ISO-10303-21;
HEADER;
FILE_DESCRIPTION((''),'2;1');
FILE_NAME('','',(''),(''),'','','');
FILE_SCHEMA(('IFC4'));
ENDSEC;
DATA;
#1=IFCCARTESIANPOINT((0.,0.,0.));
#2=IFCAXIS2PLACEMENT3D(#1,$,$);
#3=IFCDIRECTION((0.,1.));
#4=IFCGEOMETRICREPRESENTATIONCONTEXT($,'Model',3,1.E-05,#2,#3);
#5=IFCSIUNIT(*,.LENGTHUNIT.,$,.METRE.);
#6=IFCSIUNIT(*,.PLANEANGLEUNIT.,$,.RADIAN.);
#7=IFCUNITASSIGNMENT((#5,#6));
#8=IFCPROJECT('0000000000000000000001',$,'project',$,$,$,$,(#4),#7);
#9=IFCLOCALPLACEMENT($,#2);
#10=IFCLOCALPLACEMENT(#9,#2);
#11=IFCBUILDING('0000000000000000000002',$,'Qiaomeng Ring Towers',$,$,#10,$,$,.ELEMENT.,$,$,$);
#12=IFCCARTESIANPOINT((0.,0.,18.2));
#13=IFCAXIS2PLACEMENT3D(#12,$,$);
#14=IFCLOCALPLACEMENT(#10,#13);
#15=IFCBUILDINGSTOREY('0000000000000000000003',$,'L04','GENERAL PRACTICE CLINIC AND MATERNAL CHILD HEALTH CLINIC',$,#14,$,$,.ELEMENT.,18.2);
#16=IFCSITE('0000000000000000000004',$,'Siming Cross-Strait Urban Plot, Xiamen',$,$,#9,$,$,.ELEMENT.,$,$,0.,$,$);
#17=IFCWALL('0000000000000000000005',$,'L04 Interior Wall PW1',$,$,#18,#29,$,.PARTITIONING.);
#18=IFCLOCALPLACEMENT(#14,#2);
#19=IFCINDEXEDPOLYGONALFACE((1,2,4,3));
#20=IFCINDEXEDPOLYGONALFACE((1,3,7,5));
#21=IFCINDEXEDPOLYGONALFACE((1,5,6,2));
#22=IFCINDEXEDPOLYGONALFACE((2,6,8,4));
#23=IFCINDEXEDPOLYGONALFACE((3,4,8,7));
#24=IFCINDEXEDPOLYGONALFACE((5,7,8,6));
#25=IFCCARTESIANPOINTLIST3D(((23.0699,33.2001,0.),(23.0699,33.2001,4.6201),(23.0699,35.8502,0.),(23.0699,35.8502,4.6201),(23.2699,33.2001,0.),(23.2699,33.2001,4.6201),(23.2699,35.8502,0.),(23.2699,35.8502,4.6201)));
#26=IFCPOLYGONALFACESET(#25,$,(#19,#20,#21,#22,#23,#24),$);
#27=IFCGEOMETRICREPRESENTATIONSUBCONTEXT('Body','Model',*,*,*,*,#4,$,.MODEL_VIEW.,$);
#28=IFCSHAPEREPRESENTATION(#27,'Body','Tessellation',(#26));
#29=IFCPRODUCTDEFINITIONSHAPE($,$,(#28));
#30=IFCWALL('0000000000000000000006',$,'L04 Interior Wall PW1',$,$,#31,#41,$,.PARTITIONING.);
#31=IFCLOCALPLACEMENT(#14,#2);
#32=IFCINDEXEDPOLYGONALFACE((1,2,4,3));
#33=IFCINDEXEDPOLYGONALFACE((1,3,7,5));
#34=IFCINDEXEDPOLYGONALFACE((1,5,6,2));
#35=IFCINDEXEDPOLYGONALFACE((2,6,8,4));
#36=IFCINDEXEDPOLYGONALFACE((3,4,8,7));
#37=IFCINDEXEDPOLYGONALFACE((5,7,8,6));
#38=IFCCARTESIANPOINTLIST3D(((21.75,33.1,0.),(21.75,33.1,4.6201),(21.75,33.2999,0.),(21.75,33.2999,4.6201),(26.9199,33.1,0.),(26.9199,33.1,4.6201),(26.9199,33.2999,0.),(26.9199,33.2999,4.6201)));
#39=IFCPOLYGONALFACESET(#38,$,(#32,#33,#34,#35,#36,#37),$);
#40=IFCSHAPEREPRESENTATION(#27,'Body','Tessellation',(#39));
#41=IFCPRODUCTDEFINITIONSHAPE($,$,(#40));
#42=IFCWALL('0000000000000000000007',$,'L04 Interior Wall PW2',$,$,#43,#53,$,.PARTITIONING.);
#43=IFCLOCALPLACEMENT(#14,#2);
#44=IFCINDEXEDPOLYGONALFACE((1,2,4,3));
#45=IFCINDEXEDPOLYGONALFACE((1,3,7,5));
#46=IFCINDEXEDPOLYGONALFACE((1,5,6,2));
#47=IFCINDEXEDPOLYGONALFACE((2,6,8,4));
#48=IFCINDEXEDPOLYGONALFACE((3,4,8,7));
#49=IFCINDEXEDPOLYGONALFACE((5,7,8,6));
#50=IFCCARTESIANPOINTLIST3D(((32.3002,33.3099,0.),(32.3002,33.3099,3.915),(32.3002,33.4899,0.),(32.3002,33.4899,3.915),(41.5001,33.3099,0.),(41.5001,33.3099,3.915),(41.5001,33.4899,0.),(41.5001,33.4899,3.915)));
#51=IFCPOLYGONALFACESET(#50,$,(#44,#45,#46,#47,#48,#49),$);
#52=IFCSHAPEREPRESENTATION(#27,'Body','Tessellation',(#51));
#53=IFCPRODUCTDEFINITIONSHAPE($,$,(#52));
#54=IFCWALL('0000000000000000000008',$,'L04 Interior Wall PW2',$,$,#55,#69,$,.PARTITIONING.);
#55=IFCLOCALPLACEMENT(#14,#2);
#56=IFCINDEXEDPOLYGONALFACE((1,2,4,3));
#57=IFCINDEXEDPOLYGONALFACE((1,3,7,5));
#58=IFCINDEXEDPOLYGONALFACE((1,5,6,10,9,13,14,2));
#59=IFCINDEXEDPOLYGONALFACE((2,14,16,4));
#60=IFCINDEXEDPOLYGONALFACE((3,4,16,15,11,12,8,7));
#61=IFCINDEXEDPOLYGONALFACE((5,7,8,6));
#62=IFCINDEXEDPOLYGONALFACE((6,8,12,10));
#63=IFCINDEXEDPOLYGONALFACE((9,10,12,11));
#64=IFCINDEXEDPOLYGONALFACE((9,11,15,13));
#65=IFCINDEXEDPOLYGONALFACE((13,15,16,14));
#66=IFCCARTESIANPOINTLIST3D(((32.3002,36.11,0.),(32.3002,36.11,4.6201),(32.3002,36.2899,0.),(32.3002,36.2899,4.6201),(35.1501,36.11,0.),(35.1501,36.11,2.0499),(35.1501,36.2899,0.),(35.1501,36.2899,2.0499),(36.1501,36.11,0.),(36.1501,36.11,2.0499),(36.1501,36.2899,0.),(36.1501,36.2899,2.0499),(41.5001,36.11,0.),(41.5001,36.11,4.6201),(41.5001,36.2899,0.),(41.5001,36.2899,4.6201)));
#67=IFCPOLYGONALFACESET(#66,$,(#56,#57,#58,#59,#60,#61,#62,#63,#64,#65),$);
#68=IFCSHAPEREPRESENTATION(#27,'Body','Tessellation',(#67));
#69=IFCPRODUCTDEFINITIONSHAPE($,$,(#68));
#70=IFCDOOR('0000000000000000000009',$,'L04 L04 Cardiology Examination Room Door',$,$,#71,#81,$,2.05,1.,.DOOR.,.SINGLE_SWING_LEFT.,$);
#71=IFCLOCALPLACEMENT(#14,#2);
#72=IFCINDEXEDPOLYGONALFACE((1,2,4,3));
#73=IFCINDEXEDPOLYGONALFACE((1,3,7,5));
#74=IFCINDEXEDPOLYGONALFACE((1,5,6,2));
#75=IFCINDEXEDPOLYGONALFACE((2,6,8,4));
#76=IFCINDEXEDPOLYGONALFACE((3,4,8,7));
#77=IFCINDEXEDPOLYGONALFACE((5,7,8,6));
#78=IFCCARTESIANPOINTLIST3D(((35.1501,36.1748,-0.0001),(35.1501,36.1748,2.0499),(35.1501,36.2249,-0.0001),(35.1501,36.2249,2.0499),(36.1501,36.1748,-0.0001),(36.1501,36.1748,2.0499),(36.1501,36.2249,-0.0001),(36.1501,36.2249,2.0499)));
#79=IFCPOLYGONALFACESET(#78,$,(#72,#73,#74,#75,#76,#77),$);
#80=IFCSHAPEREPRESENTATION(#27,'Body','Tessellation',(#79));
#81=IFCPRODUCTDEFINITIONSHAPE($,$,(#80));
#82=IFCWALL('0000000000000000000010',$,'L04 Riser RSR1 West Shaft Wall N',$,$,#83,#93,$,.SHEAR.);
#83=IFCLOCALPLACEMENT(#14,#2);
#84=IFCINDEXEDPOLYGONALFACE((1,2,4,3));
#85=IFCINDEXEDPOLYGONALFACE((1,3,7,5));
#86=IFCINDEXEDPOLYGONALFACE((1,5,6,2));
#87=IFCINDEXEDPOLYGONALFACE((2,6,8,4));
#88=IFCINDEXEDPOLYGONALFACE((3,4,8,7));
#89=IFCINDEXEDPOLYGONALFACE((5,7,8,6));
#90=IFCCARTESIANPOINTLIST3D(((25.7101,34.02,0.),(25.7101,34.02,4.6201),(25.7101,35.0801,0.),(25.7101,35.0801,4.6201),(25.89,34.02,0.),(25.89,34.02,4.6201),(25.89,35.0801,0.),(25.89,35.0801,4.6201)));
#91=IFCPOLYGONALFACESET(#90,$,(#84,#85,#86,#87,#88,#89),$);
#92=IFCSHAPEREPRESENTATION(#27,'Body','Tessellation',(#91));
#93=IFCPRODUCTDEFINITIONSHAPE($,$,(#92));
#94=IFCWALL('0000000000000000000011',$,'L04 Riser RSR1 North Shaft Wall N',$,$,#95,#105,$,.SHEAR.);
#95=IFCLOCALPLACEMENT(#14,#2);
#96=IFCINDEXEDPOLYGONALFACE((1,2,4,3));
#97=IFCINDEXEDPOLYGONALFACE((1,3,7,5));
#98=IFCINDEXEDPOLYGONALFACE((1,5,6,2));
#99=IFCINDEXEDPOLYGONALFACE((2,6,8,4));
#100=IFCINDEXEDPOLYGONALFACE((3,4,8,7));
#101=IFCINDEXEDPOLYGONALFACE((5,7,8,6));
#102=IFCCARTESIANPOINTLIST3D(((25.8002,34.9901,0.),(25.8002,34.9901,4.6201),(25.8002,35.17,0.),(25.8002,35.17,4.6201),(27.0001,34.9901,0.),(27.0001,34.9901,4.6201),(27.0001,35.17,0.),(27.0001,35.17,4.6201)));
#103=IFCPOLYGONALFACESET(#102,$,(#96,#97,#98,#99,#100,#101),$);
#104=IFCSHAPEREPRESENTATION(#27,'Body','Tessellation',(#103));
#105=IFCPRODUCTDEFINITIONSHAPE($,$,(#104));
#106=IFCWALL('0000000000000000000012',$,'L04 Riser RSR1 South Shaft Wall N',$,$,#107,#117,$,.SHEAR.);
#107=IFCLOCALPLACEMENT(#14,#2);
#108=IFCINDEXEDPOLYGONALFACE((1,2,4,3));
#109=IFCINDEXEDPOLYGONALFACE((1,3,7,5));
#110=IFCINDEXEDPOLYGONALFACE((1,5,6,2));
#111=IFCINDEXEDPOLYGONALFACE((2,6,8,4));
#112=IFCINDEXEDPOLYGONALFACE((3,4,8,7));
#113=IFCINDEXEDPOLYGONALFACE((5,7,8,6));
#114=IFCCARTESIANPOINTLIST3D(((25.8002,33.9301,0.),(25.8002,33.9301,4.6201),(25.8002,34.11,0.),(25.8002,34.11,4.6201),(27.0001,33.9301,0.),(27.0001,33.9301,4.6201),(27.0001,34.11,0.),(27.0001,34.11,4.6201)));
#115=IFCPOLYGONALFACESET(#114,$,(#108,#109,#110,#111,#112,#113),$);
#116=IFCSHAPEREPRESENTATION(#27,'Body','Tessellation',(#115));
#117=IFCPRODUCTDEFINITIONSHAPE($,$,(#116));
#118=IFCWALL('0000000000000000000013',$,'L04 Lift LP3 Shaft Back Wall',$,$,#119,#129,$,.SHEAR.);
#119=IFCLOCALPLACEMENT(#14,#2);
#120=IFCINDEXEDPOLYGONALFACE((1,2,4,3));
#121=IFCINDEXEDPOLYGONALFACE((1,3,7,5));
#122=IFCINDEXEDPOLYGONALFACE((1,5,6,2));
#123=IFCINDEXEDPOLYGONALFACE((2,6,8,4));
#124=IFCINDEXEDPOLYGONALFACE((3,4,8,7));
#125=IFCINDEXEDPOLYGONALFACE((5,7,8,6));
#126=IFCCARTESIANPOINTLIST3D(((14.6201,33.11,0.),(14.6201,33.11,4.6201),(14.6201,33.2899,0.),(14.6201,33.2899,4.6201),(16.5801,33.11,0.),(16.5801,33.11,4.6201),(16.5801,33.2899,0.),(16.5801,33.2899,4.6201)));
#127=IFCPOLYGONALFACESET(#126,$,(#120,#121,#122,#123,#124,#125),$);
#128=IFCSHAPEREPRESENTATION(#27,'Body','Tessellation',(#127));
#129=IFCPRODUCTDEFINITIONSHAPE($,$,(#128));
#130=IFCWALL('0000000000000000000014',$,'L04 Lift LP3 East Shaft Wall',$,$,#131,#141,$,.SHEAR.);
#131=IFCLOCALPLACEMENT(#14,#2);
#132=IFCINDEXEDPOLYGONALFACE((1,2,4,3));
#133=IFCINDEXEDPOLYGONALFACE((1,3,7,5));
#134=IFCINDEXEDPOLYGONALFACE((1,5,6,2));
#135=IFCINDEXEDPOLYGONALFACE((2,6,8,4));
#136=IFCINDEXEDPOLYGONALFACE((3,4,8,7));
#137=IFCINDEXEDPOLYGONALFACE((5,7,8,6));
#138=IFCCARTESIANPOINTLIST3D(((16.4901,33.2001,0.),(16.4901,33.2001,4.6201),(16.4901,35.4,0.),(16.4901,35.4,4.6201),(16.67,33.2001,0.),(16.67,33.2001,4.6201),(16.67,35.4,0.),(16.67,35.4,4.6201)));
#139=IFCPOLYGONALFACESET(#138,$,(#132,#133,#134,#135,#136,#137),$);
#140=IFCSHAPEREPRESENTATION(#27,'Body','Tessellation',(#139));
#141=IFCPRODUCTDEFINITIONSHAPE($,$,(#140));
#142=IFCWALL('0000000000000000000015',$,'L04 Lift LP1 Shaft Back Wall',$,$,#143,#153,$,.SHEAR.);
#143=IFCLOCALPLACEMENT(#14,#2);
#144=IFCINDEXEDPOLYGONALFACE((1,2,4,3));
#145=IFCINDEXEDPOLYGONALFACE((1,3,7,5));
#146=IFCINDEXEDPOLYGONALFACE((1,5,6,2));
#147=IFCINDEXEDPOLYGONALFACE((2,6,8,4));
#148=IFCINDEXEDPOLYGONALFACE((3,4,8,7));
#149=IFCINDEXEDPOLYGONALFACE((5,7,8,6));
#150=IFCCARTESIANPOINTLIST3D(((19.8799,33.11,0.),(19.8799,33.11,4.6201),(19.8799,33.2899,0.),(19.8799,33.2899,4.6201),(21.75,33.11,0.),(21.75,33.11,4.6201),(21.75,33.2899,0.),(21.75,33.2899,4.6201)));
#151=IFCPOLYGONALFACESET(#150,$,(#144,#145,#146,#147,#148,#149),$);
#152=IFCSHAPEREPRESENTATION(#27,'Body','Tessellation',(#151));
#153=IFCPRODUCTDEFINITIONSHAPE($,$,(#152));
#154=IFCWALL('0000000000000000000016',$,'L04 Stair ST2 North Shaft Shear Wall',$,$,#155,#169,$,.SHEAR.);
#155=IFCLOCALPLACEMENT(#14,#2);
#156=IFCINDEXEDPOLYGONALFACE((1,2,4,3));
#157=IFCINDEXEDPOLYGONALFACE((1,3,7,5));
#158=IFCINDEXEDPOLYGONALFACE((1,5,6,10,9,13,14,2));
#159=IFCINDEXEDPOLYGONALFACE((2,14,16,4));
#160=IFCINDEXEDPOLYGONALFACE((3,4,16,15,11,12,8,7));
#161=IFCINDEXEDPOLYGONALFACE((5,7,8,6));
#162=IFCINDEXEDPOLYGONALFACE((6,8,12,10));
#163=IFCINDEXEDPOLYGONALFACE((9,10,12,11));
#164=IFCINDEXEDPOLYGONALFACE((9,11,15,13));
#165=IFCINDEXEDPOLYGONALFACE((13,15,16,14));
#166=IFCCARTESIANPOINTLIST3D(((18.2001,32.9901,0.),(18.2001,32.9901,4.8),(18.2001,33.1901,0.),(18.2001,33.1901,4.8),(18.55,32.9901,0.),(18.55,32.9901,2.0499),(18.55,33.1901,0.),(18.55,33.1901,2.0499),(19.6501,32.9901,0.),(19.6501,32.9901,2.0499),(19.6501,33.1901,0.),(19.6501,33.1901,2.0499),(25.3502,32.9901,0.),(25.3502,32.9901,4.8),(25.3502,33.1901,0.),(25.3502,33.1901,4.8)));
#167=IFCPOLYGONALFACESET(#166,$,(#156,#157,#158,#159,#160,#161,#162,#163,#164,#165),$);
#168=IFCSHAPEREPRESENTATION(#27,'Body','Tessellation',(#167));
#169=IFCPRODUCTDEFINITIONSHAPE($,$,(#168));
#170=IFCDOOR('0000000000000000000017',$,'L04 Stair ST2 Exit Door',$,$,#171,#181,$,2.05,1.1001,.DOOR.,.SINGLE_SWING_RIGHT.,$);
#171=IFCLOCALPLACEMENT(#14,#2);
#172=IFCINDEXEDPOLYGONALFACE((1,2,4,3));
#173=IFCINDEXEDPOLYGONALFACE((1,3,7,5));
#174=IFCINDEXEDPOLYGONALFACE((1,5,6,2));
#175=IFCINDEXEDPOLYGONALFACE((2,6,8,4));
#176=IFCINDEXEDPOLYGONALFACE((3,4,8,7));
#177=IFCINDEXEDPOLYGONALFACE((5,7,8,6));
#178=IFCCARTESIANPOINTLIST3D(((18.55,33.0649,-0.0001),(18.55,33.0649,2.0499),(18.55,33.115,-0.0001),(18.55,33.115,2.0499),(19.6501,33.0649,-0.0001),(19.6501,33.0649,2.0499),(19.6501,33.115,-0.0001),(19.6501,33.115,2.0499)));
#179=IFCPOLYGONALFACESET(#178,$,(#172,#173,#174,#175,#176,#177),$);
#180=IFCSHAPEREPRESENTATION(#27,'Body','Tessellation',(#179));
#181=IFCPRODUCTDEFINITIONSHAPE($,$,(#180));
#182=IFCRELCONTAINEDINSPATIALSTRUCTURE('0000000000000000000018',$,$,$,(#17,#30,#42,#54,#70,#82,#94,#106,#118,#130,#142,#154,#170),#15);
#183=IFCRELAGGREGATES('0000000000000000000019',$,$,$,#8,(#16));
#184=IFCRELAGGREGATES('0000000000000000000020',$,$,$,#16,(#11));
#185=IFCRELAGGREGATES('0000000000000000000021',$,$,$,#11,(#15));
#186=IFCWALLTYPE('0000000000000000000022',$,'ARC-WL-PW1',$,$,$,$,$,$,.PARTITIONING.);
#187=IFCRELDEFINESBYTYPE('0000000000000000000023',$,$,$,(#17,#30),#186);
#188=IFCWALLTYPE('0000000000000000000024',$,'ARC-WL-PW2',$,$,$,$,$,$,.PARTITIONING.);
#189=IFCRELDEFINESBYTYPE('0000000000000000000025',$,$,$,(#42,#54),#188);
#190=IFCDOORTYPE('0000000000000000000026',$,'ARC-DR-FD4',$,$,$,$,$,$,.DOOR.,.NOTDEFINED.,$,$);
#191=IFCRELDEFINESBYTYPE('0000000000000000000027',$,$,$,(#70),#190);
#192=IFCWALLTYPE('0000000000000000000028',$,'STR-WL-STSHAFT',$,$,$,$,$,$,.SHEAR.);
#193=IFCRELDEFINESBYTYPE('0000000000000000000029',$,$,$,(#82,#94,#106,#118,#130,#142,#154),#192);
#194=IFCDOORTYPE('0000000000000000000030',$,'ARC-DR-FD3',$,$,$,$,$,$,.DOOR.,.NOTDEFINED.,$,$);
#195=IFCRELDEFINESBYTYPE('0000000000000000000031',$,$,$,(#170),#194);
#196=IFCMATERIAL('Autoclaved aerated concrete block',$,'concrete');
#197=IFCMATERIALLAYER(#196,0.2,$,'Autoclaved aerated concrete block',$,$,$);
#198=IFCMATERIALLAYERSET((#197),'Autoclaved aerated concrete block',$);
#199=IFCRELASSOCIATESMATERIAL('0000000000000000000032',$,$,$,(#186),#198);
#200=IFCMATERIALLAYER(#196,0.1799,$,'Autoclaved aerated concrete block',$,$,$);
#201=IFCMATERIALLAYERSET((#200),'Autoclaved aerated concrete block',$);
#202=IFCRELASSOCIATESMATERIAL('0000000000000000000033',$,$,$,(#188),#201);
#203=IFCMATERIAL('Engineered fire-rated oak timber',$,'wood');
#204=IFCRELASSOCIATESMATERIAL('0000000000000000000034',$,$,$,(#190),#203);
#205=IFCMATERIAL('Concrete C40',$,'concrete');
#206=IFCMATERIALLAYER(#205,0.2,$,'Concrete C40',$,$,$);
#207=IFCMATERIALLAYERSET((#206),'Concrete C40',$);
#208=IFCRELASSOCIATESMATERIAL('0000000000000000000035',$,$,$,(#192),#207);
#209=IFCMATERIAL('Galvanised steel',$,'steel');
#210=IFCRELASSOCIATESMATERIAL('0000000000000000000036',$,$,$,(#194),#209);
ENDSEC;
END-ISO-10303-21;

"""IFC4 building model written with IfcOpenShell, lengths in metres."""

from ifc_helpers import new_model, si_unit, direction, frame, frame_2d, origin, place, context, subcontext, project, spatial, rectangle, extrude, source, transform, mapped, material, layer, layer_set, type_object, element, fill, save


model = new_model("IFC4")

# Units and contexts
model_context = context("Model", 3, precision=1e-05, world=origin(), true_north=direction((0.0, 1.0)))
body_context = subcontext(model_context, "Body", "Model", "MODEL_VIEW")
ifc_project = project(units=[si_unit("LENGTHUNIT", "METRE"), si_unit("PLANEANGLEUNIT", "RADIAN")], contexts=[model_context])

# Site, building, storey
site_placement = place(None, origin())
site = spatial("IfcSite", under=ifc_project, at=site_placement, Name="Siming Cross-Strait Urban Plot, Xiamen", CompositionType="ELEMENT", RefElevation=0.0)
building_placement = place(site_placement, origin())
building = spatial("IfcBuilding", under=site, at=building_placement, Name="Qiaomeng Ring Towers", CompositionType="ELEMENT")
storey_placement = place(building_placement, frame((0.0, 0.0, 18.2)))
storey = spatial("IfcBuildingStorey", under=building, at=storey_placement, Name="L04", Description="GENERAL PRACTICE CLINIC AND MATERNAL CHILD HEALTH CLINIC", CompositionType="ELEMENT", Elevation=18.2)

# Shared definitions
ifc_material_1 = material(Name="Concrete C40", Category="concrete")

# Walls
ifc_material_2 = material(Name="Autoclaved aerated concrete block", Category="concrete")
ifc_layer_1 = layer(ifc_material_2, 0.2, Name="Autoclaved aerated concrete block")
ifc_layer_set_1 = layer_set([ifc_layer_1], Name="Autoclaved aerated concrete block")
wall_type_1 = type_object("IfcWallType", Name="ARC-WL-PW1", PredefinedType="PARTITIONING", material=ifc_layer_set_1)
wall_1_placement = place(storey_placement, frame((23.1699, 33.2, 0.0), z_axis=(0.0, 0.0, 1.0), x_axis=(0.0, 1.0, 0.0)))
element("IfcWall", 1, at=wall_1_placement, inside=storey, type_object=wall_type_1, Name="L04 Interior Wall PW1", PredefinedType="PARTITIONING", context=body_context, shape_type="SweptSolid", body=[
    extrude(rectangle(XDim=2.6501, YDim=0.2, at=frame_2d((1.3252, 0.0))), origin(), (0.0, 0.0, 1.0), 4.6201),
])
wall_2_placement = place(storey_placement, frame((21.75, 33.2, 0.0), z_axis=(0.0, 0.0, 1.0), x_axis=(1.0, 0.0, 0.0)))
element("IfcWall", 2, at=wall_2_placement, inside=storey, type_object=wall_type_1, Name="L04 Interior Wall PW1", PredefinedType="PARTITIONING", context=body_context, shape_type="SweptSolid", body=[
    extrude(rectangle(XDim=5.1699, YDim=0.2, at=frame_2d((2.585, 0.0))), origin(), (0.0, 0.0, 1.0), 4.6201),
])
ifc_layer_2 = layer(ifc_material_2, 0.1799, Name="Autoclaved aerated concrete block")
ifc_layer_set_2 = layer_set([ifc_layer_2], Name="Autoclaved aerated concrete block")
wall_type_2 = type_object("IfcWallType", Name="ARC-WL-PW2", PredefinedType="PARTITIONING", material=ifc_layer_set_2)
wall_3_placement = place(storey_placement, frame((32.3, 33.3999, 0.0), z_axis=(0.0, 0.0, 1.0), x_axis=(1.0, 0.0, 0.0)))
element("IfcWall", 3, at=wall_3_placement, inside=storey, type_object=wall_type_2, Name="L04 Interior Wall PW2", PredefinedType="PARTITIONING", context=body_context, shape_type="SweptSolid", body=[
    extrude(rectangle(XDim=9.2, YDim=0.1799, at=frame_2d((4.6001, 0.0))), origin(), (0.0, 0.0, 1.0), 3.915),
])

# Wall, opening, door
wall_4_placement = place(storey_placement, frame((32.3, 36.2, 0.0), z_axis=(0.0, 0.0, 1.0), x_axis=(1.0, 0.0, 0.0)))
wall_4 = element("IfcWall", 4, at=wall_4_placement, inside=storey, type_object=wall_type_2, Name="L04 Interior Wall PW2", PredefinedType="PARTITIONING", context=body_context, shape_type="SweptSolid", body=[
    extrude(rectangle(XDim=9.2, YDim=0.1799, at=frame_2d((4.6001, 0.0))), origin(), (0.0, 0.0, 1.0), 4.6201),
])
opening_1_placement = place(wall_4_placement, frame((2.8501, 0.0, 0.0)))
opening_1 = element("IfcOpeningElement", 5, at=opening_1_placement, cuts=wall_4, PredefinedType="OPENING", context=body_context, shape_type="SweptSolid", body=[
    extrude(rectangle(XDim=1.0, YDim=2.05, at=frame_2d((0.5, 1.0249))), frame((0.0, 0.0999, 0.0), z_axis=(0.0, -1.0, 0.0), x_axis=(1.0, 0.0, 0.0)), (0.0, 0.0, 1.0), 0.2),
])
ifc_material_3 = material(Name="Engineered fire-rated oak timber", Category="wood")
door_type_1 = type_object("IfcDoorType", Name="ARC-DR-FD4", OperationType="NOTDEFINED", PredefinedType="DOOR", material=ifc_material_3)
shared_shape_1 = source(origin(), body_context, "Body", "SweptSolid", [
    extrude(rectangle(XDim=1.0, YDim=2.05, at=frame_2d((0.5, 1.0249))), frame((0.0, 0.0249, 0.0), z_axis=(0.0, -1.0, 0.0), x_axis=(1.0, 0.0, 0.0)), (0.0, 0.0, 1.0), 0.05),
])
door_1_placement = place(opening_1_placement, origin())
door_1 = element("IfcDoor", 6, at=door_1_placement, inside=storey, type_object=door_type_1, Name="L04 L04 Cardiology Examination Room Door", OperationType="SINGLE_SWING_LEFT", OverallHeight=2.05, OverallWidth=1.0, PredefinedType="DOOR", context=body_context, shape_type="MappedRepresentation", body=[
    mapped(shared_shape_1, transform((0.0, 0.0, 0.0), x_axis=(1.0, 0.0, 0.0), y_axis=(0.0, 1.0, 0.0), z_axis=(0.0, 0.0, 1.0), scale=1.0)),
])
fill(opening_1, door_1)

# Walls
ifc_layer_3 = layer(ifc_material_1, 0.2, Name="Concrete C40")
ifc_layer_set_3 = layer_set([ifc_layer_3], Name="Concrete C40")
wall_type_3 = type_object("IfcWallType", Name="STR-WL-STSHAFT", PredefinedType="SHEAR", material=ifc_layer_set_3)
wall_5_placement = place(storey_placement, frame((25.8, 34.02, 0.0), z_axis=(0.0, 0.0, 1.0), x_axis=(0.0, 1.0, 0.0)))
element("IfcWall", 7, at=wall_5_placement, inside=storey, type_object=wall_type_3, Name="L04 Riser RSR1 West Shaft Wall N", PredefinedType="SHEAR", context=body_context, shape_type="SweptSolid", body=[
    extrude(rectangle(XDim=1.0601, YDim=0.1799, at=frame_2d((0.53, 0.0))), origin(), (0.0, 0.0, 1.0), 4.6201),
])
for number, where, z_axis, x_axis, name in (
    (8, (25.8, 35.0801, 0.0), (0.0, 0.0, 1.0), (1.0, 0.0, 0.0), "L04 Riser RSR1 North Shaft Wall N"),
    (9, (25.8, 34.02, 0.0), (0.0, 0.0, 1.0), (1.0, 0.0, 0.0), "L04 Riser RSR1 South Shaft Wall N"),
):
    element("IfcWall", number, at=place(storey_placement, frame(where, z_axis=z_axis, x_axis=x_axis)), inside=storey, type_object=wall_type_3, Name=name, PredefinedType="SHEAR", context=body_context, shape_type="SweptSolid", body=[
        extrude(rectangle(XDim=1.2, YDim=0.1799, at=frame_2d((0.6001, 0.0))), origin(), (0.0, 0.0, 1.0), 4.6201),
    ])
wall_6_placement = place(storey_placement, frame((14.6201, 33.2, 0.0), z_axis=(0.0, 0.0, 1.0), x_axis=(1.0, 0.0, 0.0)))
element("IfcWall", 10, at=wall_6_placement, inside=storey, type_object=wall_type_3, Name="L04 Lift LP3 Shaft Back Wall", PredefinedType="SHEAR", context=body_context, shape_type="SweptSolid", body=[
    extrude(rectangle(XDim=1.96, YDim=0.1799, at=frame_2d((0.98, 0.0))), origin(), (0.0, 0.0, 1.0), 4.6201),
])
wall_7_placement = place(storey_placement, frame((16.5801, 33.2, 0.0), z_axis=(0.0, 0.0, 1.0), x_axis=(0.0, 1.0, 0.0)))
element("IfcWall", 11, at=wall_7_placement, inside=storey, type_object=wall_type_3, Name="L04 Lift LP3 East Shaft Wall", PredefinedType="SHEAR", context=body_context, shape_type="SweptSolid", body=[
    extrude(rectangle(XDim=2.2, YDim=0.1799, at=frame_2d((1.1001, 0.0))), origin(), (0.0, 0.0, 1.0), 4.6201),
])
wall_8_placement = place(storey_placement, frame((19.8799, 33.2, 0.0), z_axis=(0.0, 0.0, 1.0), x_axis=(1.0, 0.0, 0.0)))
element("IfcWall", 12, at=wall_8_placement, inside=storey, type_object=wall_type_3, Name="L04 Lift LP1 Shaft Back Wall", PredefinedType="SHEAR", context=body_context, shape_type="SweptSolid", body=[
    extrude(rectangle(XDim=1.8701, YDim=0.1799, at=frame_2d((0.9351, 0.0))), origin(), (0.0, 0.0, 1.0), 4.6201),
])

# Wall, opening, door
wall_9_placement = place(storey_placement, frame((18.2, 33.0901, 0.0), z_axis=(0.0, 0.0, 1.0), x_axis=(1.0, 0.0, 0.0)))
wall_9 = element("IfcWall", 13, at=wall_9_placement, inside=storey, type_object=wall_type_3, Name="L04 Stair ST2 North Shaft Shear Wall", PredefinedType="SHEAR", context=body_context, shape_type="SweptSolid", body=[
    extrude(rectangle(XDim=7.1501, YDim=0.2, at=frame_2d((3.5752, 0.0))), origin(), (0.0, 0.0, 1.0), 4.8),
])
opening_2_placement = place(wall_9_placement, frame((0.3501, 0.0, 0.0)))
opening_2 = element("IfcOpeningElement", 14, at=opening_2_placement, cuts=wall_9, PredefinedType="OPENING", context=body_context, shape_type="SweptSolid", body=[
    extrude(rectangle(XDim=1.1001, YDim=2.05, at=frame_2d((0.55, 1.0249))), frame((0.0, 0.1099, 0.0), z_axis=(0.0, -1.0, 0.0), x_axis=(1.0, 0.0, 0.0)), (0.0, 0.0, 1.0), 0.22),
])
ifc_material_4 = material(Name="Galvanised steel", Category="steel")
door_type_2 = type_object("IfcDoorType", Name="ARC-DR-FD3", OperationType="NOTDEFINED", PredefinedType="DOOR", material=ifc_material_4)
shared_shape_2 = source(origin(), body_context, "Body", "SweptSolid", [
    extrude(rectangle(XDim=1.1001, YDim=2.05, at=frame_2d((0.55, 1.0249))), frame((0.0, 0.0249, 0.0), z_axis=(0.0, -1.0, 0.0), x_axis=(1.0, 0.0, 0.0)), (0.0, 0.0, 1.0), 0.05),
])
door_2_placement = place(opening_2_placement, origin())
door_2 = element("IfcDoor", 15, at=door_2_placement, inside=storey, type_object=door_type_2, Name="L04 Stair ST2 Exit Door", OperationType="SINGLE_SWING_RIGHT", OverallHeight=2.05, OverallWidth=1.1001, PredefinedType="DOOR", context=body_context, shape_type="MappedRepresentation", body=[
    mapped(shared_shape_2, transform((0.0, 0.0, 0.0), x_axis=(1.0, 0.0, 0.0), y_axis=(0.0, 1.0, 0.0), z_axis=(0.0, 0.0, 1.0), scale=1.0)),
])
fill(opening_2, door_2)

save(model, "model.ifc")
